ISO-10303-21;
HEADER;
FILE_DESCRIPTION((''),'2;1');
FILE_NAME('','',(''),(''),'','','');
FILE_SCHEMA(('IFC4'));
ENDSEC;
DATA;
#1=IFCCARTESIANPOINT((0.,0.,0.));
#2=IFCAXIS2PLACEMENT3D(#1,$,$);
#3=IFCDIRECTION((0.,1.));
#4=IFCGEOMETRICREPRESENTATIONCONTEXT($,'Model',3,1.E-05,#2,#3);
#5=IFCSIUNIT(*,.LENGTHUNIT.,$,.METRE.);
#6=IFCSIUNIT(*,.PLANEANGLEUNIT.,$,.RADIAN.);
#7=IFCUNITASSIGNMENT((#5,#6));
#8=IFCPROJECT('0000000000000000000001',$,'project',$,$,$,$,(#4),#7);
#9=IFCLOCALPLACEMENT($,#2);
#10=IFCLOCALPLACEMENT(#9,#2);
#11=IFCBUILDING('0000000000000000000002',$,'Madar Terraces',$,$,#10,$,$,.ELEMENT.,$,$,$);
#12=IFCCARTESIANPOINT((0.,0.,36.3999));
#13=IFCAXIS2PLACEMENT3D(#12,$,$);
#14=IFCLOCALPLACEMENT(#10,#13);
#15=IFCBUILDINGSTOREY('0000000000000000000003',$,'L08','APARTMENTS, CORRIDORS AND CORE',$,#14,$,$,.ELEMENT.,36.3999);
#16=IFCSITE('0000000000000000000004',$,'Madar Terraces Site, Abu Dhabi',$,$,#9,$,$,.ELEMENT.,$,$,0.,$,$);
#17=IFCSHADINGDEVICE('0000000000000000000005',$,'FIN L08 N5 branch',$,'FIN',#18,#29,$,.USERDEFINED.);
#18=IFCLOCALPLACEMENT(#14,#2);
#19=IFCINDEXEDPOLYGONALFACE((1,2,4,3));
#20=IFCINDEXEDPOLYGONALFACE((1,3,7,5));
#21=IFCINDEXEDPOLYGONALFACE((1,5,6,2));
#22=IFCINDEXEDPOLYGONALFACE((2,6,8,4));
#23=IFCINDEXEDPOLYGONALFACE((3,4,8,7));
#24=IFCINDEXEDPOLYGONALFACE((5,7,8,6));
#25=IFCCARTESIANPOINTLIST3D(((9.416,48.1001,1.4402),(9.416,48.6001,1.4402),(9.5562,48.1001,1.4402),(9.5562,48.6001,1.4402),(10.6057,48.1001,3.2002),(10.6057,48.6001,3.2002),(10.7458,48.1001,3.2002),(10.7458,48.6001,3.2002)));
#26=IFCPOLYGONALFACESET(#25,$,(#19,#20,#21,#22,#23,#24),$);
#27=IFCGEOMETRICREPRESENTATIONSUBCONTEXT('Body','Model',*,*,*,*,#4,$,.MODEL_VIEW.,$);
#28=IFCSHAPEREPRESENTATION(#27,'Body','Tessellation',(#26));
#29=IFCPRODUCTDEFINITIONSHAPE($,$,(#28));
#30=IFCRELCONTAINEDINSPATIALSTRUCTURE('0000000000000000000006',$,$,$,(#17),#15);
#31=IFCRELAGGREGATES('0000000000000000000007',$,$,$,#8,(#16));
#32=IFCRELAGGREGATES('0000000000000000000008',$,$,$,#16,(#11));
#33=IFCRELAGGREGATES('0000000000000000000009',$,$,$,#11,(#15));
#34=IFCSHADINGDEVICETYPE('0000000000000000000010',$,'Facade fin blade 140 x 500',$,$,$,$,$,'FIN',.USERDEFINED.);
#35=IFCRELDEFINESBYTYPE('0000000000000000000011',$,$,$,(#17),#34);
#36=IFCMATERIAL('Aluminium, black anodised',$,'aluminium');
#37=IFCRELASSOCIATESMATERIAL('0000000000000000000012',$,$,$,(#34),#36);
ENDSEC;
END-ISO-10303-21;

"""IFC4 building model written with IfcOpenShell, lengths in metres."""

from ifc_helpers import new_model, si_unit, direction, frame, origin, place, context, subcontext, project, spatial, polyline, outline, extrude, material, type_object, element, save


model = new_model("IFC4")

# Units and contexts
model_context = context("Model", 3, precision=1e-05, world=origin(), true_north=direction((0.0, 1.0)))
body_context = subcontext(model_context, "Body", "Model", "MODEL_VIEW")
ifc_project = project(units=[si_unit("LENGTHUNIT", "METRE"), si_unit("PLANEANGLEUNIT", "RADIAN")], contexts=[model_context])

# Site, building, storey
site_placement = place(None, origin())
site = spatial("IfcSite", under=ifc_project, at=site_placement, Name="Madar Terraces Site, Abu Dhabi", CompositionType="ELEMENT", RefElevation=0.0)
building_placement = place(site_placement, origin())
building = spatial("IfcBuilding", under=site, at=building_placement, Name="Madar Terraces", CompositionType="ELEMENT")
storey_placement = place(building_placement, frame((0.0, 0.0, 36.3999)))
storey = spatial("IfcBuildingStorey", under=building, at=storey_placement, Name="L08", Description="APARTMENTS, CORRIDORS AND CORE", CompositionType="ELEMENT", Elevation=36.3999)

# Shading device
ifc_material_1 = material(Name="Aluminium, black anodised", Category="aluminium")
shading_device_type = type_object("IfcShadingDeviceType", Name="Facade fin blade 140 x 500", ElementType="FIN", PredefinedType="USERDEFINED", material=ifc_material_1)
shading_device_placement = place(storey_placement, frame((9.5562, 48.3501, 1.4402), z_axis=(0.0, 0.0, 1.0), x_axis=(-1.0, 0.0, 0.0)))
element("IfcShadingDevice", 1, at=shading_device_placement, inside=storey, type_object=shading_device_type, Name="FIN L08 N5 branch", ObjectType="FIN", PredefinedType="USERDEFINED", context=body_context, shape_type="SweptSolid", body=[
    extrude(outline(polyline([(0.0, 0.0), (0.1401, 0.0), (-1.0496, 1.76), (-1.1897, 1.76), (0.0, 0.0)])), frame((0.0, 0.25, 0.0), z_axis=(0.0, -1.0, 0.0), x_axis=(1.0, 0.0, 0.0)), (0.0, 0.0, 1.0), 0.5),
])

save(model, "model.ifc")
